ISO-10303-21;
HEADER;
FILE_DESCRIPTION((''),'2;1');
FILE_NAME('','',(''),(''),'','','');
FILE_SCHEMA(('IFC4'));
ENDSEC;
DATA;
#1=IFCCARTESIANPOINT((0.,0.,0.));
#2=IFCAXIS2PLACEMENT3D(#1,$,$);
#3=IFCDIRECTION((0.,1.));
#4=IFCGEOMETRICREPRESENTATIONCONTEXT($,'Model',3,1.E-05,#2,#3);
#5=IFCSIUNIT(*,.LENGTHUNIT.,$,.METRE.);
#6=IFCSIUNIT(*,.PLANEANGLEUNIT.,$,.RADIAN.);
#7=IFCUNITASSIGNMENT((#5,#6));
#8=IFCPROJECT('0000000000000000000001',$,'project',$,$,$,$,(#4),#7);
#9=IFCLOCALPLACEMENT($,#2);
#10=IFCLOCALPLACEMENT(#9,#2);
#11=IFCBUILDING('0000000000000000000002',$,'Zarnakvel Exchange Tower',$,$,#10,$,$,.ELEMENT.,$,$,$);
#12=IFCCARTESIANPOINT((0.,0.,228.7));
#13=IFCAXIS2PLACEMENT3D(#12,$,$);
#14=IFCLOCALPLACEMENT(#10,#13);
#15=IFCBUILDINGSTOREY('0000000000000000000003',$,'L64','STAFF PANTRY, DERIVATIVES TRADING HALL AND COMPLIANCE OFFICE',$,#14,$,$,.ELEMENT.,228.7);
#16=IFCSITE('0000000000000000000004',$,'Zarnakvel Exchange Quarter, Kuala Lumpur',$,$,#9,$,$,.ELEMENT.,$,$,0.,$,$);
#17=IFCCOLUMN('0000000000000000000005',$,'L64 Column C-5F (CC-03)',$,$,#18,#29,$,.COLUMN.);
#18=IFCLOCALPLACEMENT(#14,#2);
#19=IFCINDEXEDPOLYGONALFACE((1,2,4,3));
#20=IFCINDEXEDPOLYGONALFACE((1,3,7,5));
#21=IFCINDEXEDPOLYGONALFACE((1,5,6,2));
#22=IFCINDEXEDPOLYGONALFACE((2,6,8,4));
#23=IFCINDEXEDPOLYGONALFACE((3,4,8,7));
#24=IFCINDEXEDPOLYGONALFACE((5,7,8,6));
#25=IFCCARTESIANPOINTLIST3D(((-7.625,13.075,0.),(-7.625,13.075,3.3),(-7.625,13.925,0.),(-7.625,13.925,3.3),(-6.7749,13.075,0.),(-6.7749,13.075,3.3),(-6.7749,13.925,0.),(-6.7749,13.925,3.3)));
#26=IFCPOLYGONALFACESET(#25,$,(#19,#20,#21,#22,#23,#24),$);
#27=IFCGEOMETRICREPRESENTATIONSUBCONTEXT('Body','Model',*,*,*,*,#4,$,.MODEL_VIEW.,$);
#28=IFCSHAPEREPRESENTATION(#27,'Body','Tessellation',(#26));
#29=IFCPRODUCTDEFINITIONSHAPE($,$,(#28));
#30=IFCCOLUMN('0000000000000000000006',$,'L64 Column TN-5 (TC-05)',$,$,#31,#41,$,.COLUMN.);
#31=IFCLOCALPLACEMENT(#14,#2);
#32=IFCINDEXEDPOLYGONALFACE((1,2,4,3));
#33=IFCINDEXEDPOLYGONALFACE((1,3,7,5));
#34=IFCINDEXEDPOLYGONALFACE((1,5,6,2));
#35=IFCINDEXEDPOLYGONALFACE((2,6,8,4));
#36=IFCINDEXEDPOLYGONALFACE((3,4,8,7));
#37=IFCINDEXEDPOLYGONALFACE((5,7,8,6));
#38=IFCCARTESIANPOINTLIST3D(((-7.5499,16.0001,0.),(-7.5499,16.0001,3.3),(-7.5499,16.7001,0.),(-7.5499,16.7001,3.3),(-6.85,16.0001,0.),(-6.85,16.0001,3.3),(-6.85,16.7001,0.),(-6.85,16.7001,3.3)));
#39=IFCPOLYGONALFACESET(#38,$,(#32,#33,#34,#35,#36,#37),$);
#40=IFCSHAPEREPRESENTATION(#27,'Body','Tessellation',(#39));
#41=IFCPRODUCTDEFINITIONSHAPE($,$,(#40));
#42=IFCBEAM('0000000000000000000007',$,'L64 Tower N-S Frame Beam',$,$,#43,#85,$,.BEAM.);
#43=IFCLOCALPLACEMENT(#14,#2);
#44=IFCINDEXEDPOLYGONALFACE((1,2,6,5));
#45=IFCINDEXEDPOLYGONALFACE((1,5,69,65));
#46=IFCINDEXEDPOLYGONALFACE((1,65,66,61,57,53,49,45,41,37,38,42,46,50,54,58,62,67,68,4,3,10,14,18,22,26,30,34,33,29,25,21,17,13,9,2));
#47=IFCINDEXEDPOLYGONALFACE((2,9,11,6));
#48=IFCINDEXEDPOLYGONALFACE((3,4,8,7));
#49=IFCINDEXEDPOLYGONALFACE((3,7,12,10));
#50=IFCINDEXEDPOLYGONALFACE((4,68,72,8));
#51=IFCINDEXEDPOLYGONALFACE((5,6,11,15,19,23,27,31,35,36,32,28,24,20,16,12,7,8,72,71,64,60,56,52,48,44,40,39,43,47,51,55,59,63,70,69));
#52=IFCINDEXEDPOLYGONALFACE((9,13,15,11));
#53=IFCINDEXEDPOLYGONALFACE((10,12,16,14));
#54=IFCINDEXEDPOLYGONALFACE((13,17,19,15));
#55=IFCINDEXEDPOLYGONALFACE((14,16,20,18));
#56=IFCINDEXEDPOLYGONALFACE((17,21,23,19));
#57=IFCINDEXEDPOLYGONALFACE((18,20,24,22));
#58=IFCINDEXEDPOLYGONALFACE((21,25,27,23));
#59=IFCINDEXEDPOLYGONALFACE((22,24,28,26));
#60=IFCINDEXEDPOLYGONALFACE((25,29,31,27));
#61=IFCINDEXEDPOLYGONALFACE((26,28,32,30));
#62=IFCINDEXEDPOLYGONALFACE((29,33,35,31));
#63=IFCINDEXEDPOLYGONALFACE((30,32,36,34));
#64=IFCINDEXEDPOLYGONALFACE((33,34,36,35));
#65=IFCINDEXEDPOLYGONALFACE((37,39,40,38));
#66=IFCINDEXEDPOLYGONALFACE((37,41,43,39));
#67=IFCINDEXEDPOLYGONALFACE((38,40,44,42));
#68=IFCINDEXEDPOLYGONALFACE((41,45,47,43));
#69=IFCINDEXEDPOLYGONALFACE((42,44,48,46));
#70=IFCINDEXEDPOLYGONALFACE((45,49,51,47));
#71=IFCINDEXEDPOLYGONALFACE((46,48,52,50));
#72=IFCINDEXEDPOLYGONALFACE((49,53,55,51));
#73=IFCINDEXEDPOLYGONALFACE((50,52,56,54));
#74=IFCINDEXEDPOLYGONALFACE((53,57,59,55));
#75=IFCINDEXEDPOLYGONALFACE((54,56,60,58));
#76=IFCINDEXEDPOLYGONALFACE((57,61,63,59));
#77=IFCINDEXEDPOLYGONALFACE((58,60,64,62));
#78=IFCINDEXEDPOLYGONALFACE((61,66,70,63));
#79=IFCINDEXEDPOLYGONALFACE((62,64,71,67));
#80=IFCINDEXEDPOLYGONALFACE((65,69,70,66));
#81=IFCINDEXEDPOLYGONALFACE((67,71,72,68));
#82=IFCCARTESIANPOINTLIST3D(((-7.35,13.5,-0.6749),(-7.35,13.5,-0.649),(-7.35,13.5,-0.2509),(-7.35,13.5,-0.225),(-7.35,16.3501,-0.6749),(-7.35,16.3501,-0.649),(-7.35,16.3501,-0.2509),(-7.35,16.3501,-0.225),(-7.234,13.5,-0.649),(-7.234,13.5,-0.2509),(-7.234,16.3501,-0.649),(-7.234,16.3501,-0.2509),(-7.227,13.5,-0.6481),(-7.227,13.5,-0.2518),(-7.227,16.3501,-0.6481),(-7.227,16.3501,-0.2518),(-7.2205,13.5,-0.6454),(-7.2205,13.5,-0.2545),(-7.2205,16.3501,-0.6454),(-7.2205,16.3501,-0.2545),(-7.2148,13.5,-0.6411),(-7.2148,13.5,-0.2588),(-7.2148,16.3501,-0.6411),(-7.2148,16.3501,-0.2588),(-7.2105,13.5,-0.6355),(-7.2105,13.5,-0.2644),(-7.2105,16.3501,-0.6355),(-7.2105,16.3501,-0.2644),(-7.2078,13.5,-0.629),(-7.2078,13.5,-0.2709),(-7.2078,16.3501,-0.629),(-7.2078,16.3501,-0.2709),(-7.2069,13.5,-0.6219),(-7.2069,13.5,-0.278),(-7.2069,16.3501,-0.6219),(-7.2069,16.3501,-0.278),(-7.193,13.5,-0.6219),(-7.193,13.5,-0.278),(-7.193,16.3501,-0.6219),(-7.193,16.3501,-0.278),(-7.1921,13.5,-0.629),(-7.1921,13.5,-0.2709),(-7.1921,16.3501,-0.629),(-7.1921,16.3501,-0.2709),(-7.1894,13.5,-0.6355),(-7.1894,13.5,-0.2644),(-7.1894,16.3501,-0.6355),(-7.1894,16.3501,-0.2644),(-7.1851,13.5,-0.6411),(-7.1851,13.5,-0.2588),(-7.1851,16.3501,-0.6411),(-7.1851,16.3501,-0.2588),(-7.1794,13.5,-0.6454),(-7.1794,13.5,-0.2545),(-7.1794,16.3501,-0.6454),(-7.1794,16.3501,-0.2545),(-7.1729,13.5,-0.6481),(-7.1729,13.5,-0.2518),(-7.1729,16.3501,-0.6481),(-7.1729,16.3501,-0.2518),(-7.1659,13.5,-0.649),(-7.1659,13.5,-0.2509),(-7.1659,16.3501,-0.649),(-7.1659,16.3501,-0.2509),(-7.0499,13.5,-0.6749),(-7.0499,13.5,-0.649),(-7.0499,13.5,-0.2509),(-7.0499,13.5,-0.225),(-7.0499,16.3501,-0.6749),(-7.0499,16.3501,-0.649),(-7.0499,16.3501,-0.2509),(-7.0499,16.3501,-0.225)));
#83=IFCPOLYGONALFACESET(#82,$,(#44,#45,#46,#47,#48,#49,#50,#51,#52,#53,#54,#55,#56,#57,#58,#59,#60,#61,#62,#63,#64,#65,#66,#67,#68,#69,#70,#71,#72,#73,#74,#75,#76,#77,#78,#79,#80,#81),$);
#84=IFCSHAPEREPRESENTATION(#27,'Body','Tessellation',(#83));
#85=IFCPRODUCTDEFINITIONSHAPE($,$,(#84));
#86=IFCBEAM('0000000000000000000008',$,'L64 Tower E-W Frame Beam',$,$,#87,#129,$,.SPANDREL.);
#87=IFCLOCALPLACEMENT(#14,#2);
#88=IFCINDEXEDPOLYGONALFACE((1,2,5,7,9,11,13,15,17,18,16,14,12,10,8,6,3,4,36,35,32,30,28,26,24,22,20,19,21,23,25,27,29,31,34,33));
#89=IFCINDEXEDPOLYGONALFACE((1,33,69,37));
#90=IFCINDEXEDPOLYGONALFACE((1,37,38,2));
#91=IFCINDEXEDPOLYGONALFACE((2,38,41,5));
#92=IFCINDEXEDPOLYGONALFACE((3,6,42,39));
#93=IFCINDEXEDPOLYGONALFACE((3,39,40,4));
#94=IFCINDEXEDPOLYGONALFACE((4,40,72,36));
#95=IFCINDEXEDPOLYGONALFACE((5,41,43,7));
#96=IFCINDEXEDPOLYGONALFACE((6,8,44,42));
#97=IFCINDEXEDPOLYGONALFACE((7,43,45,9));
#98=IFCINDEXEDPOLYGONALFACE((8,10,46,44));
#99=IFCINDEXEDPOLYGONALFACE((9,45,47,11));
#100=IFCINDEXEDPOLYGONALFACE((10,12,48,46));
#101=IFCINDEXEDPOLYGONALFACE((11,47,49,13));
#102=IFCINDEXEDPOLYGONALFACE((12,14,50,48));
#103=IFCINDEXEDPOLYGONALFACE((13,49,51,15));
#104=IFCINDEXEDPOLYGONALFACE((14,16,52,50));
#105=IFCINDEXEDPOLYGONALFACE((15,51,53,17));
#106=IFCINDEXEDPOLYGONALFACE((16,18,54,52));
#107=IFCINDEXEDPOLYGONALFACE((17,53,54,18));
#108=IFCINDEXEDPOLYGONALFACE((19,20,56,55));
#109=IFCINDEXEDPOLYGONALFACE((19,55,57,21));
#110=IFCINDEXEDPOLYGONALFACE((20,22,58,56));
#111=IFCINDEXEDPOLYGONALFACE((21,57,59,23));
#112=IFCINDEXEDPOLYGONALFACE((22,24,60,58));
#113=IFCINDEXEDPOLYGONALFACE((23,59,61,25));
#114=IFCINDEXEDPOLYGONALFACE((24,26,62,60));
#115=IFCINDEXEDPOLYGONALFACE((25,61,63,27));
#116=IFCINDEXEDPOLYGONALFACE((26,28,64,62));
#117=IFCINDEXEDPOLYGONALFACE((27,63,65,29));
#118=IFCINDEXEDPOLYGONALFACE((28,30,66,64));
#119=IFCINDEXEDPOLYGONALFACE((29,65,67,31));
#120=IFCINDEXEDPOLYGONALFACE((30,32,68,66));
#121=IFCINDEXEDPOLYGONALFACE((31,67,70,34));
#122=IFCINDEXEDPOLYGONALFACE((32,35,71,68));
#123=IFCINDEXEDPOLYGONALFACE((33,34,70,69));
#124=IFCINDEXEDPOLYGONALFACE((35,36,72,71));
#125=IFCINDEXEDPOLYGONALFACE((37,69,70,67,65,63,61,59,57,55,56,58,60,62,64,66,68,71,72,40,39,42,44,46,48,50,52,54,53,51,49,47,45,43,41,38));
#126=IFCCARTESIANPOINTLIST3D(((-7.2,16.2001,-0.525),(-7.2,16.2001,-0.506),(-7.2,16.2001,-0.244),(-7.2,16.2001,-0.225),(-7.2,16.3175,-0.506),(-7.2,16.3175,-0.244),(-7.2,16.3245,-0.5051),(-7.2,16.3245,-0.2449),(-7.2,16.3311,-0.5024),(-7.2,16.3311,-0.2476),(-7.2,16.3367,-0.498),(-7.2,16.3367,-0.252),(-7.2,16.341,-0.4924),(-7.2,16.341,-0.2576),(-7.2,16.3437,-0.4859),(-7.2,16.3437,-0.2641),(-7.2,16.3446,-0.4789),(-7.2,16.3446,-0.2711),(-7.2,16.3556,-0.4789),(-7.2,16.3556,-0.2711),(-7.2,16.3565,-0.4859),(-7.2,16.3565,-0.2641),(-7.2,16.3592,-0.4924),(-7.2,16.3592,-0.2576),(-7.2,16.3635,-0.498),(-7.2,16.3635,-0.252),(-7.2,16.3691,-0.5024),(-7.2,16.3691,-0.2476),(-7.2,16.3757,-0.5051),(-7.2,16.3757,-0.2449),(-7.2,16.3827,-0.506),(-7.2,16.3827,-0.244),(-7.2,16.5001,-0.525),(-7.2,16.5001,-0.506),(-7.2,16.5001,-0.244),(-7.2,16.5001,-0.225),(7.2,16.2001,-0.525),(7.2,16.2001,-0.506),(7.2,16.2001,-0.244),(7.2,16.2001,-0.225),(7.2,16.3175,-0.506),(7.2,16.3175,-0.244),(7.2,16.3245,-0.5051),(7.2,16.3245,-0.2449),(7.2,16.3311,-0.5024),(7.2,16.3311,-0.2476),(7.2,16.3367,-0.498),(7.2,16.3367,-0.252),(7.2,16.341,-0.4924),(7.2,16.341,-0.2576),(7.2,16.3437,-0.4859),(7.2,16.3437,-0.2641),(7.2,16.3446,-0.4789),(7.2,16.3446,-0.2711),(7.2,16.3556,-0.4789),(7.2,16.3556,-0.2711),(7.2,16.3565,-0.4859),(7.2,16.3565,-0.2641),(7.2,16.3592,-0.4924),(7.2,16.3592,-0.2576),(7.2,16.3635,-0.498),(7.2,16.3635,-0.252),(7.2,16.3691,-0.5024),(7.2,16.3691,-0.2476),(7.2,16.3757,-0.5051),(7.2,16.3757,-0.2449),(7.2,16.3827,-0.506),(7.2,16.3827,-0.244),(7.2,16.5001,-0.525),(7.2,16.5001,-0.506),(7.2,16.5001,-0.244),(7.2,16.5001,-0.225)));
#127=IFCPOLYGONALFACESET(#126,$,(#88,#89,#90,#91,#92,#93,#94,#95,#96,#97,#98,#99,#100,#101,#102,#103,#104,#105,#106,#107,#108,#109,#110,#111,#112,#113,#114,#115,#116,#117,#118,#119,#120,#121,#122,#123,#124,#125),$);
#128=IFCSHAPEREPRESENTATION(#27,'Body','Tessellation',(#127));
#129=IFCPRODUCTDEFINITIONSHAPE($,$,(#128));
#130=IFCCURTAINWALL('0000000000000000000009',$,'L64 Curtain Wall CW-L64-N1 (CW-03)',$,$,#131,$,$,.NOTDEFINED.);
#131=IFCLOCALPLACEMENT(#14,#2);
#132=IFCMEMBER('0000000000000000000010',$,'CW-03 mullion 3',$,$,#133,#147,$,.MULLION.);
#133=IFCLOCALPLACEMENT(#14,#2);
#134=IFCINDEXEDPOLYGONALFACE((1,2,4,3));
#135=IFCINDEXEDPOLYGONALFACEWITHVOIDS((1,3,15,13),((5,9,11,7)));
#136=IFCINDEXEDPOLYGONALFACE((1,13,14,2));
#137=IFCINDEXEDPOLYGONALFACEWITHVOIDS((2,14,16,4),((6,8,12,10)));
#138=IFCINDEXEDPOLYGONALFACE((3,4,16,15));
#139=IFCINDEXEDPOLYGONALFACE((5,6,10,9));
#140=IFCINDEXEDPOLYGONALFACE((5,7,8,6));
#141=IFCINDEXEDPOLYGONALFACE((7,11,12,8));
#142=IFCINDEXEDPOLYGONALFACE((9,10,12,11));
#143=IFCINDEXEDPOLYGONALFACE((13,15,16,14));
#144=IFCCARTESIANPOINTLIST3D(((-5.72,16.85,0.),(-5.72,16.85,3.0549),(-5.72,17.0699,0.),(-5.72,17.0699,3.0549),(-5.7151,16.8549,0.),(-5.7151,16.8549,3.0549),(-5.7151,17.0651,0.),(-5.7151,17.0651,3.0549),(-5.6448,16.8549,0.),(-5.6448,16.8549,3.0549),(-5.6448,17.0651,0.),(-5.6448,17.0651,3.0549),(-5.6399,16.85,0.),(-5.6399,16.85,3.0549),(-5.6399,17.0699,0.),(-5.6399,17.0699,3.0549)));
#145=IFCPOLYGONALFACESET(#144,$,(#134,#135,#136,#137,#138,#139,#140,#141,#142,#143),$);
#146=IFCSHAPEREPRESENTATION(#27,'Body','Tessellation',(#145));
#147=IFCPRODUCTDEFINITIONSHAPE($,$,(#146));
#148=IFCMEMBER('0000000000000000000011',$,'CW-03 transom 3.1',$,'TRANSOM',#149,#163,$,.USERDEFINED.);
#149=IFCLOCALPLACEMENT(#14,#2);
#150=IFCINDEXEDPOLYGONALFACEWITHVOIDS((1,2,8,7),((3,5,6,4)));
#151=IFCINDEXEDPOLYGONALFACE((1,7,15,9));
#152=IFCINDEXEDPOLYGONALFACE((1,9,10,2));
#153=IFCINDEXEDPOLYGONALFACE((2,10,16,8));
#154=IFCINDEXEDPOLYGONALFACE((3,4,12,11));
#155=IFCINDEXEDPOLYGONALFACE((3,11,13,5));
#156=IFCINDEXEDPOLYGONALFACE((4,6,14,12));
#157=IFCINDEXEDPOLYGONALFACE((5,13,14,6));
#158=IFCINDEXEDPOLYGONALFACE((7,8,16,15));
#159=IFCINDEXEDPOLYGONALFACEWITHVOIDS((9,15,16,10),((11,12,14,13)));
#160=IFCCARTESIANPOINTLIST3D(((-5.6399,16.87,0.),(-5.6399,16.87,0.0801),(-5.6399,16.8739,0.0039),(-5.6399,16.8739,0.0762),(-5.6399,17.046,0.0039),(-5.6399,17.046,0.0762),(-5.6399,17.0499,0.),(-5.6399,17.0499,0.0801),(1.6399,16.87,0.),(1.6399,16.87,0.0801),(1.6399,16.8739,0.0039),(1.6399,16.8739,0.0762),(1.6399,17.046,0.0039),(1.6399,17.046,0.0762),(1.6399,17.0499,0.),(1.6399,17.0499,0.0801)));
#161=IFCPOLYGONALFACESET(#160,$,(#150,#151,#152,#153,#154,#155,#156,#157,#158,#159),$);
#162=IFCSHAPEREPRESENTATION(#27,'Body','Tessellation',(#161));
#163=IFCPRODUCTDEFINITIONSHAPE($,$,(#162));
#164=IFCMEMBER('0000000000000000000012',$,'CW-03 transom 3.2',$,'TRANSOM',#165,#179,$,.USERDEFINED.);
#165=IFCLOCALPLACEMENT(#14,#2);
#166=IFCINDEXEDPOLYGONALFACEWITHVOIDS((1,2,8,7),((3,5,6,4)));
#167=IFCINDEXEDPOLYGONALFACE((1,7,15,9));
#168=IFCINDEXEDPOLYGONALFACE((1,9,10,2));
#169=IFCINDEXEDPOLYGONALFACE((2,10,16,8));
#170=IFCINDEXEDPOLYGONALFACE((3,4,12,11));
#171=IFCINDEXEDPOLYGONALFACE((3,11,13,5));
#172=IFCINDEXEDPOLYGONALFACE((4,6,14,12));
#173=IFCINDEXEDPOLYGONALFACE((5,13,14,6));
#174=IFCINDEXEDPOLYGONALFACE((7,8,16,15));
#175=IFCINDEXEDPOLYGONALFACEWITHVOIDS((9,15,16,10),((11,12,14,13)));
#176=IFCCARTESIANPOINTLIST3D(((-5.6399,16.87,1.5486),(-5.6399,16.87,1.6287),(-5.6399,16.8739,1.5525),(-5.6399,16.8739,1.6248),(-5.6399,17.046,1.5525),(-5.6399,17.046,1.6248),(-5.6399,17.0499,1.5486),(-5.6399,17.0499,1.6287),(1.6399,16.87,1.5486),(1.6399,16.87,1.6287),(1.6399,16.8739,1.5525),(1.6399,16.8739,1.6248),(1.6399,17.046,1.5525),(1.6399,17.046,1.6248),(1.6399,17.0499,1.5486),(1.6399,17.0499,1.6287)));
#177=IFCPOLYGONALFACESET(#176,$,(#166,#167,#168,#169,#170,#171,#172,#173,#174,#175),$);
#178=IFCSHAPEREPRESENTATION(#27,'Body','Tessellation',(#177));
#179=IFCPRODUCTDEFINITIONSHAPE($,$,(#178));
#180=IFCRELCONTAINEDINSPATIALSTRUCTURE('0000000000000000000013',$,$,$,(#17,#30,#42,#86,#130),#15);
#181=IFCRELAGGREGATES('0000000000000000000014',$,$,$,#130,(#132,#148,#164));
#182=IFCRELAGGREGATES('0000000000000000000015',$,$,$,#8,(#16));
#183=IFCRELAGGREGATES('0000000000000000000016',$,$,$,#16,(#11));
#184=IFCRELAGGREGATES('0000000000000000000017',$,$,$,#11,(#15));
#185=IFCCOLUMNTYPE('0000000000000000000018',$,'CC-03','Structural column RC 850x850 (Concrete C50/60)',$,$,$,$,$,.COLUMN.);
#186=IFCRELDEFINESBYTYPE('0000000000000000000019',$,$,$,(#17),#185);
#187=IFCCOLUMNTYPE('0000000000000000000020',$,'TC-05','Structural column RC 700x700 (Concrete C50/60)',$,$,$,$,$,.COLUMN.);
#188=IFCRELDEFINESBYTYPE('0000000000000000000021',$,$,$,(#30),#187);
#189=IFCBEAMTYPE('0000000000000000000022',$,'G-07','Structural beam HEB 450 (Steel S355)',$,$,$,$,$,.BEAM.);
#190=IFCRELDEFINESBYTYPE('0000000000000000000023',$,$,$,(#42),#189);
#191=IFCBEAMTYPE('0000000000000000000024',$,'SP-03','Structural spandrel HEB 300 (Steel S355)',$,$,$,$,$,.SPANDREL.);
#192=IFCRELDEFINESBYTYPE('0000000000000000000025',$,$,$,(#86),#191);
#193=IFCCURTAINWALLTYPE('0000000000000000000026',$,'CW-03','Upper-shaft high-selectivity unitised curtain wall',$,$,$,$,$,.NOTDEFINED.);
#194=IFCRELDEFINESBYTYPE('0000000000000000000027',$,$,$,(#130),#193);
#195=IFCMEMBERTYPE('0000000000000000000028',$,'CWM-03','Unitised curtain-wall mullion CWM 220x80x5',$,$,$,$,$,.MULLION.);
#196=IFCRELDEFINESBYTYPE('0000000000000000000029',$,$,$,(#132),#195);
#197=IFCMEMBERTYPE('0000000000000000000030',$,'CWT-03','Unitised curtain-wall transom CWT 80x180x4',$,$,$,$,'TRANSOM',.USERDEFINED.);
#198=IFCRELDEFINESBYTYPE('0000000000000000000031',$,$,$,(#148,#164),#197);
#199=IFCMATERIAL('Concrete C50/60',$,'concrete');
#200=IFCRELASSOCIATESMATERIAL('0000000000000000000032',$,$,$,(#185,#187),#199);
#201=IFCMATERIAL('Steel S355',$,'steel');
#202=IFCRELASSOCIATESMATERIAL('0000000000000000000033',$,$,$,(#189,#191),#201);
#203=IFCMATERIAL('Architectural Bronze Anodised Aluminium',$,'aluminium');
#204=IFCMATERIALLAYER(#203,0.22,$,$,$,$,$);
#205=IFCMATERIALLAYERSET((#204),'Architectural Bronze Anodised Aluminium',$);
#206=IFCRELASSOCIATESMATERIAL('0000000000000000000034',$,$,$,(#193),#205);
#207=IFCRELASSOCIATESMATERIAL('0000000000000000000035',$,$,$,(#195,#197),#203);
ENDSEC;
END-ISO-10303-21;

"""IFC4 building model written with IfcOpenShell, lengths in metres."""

from ifc_helpers import new_model, si_unit, direction, frame, origin, origin_2d, place, context, subcontext, project, spatial, rectangle, hollow_rectangle, i_section, extrude, source, transform, mapped, material, layer, layer_set, material_profile, profile_set, type_object, element, aggregate, save


model = new_model("IFC4")

# Units and contexts
model_context = context("Model", 3, precision=1e-05, world=origin(), true_north=direction((0.0, 1.0)))
body_context = subcontext(model_context, "Body", "Model", "MODEL_VIEW")
ifc_project = project(units=[si_unit("LENGTHUNIT", "METRE"), si_unit("PLANEANGLEUNIT", "RADIAN")], contexts=[model_context])

# Site, building, storey
site_placement = place(None, origin())
site = spatial("IfcSite", under=ifc_project, at=site_placement, Name="Zarnakvel Exchange Quarter, Kuala Lumpur", CompositionType="ELEMENT", RefElevation=0.0)
building_placement = place(site_placement, origin())
building = spatial("IfcBuilding", under=site, at=building_placement, Name="Zarnakvel Exchange Tower", CompositionType="ELEMENT")
storey_placement = place(building_placement, frame((0.0, 0.0, 228.7)))
storey = spatial("IfcBuildingStorey", under=building, at=storey_placement, Name="L64", Description="STAFF PANTRY, DERIVATIVES TRADING HALL AND COMPLIANCE OFFICE", CompositionType="ELEMENT", Elevation=228.7)

# Columns
ifc_material_1 = material(Name="Concrete C50/60", Category="concrete")
ifc_material_profile_1 = material_profile(ifc_material_1, rectangle(XDim=0.8501, YDim=0.8501, at=origin_2d()))
ifc_profile_set_1 = profile_set([ifc_material_profile_1], Name="Concrete C50/60")
column_type_1 = type_object("IfcColumnType", Name="CC-03", Description="Structural column RC 850x850 (Concrete C50/60)", PredefinedType="COLUMN", material=ifc_profile_set_1)
column_1_placement = place(storey_placement, frame((-7.2, 13.5, 0.0), z_axis=(0.0, 0.0, 1.0), x_axis=(1.0, 0.0, 0.0)))
element("IfcColumn", 1, at=column_1_placement, inside=storey, type_object=column_type_1, Name="L64 Column C-5F (CC-03)", PredefinedType="COLUMN", context=body_context, shape_type="SweptSolid", body=[
    extrude(rectangle(XDim=0.8501, YDim=0.8501, at=origin_2d()), origin(), (0.0, 0.0, 1.0), 3.3),
])
ifc_material_profile_2 = material_profile(ifc_material_1, rectangle(XDim=0.7, YDim=0.7, at=origin_2d()))
ifc_profile_set_2 = profile_set([ifc_material_profile_2], Name="Concrete C50/60")
column_type_2 = type_object("IfcColumnType", Name="TC-05", Description="Structural column RC 700x700 (Concrete C50/60)", PredefinedType="COLUMN", material=ifc_profile_set_2)
column_2_placement = place(storey_placement, frame((-7.2, 16.3501, 0.0), z_axis=(0.0, 0.0, 1.0), x_axis=(1.0, 0.0, 0.0)))
element("IfcColumn", 2, at=column_2_placement, inside=storey, type_object=column_type_2, Name="L64 Column TN-5 (TC-05)", PredefinedType="COLUMN", context=body_context, shape_type="SweptSolid", body=[
    extrude(rectangle(XDim=0.7, YDim=0.7, at=origin_2d()), origin(), (0.0, 0.0, 1.0), 3.3),
])

# Beams
ifc_material_2 = material(Name="Steel S355", Category="steel")
ifc_material_profile_3 = material_profile(ifc_material_2, i_section(OverallWidth=0.3, OverallDepth=0.45, WebThickness=0.0139, FlangeThickness=0.0259, FilletRadius=0.0271, at=origin_2d()))
ifc_profile_set_3 = profile_set([ifc_material_profile_3], Name="Steel S355")
beam_type_1 = type_object("IfcBeamType", Name="G-07", Description="Structural beam HEB 450 (Steel S355)", PredefinedType="BEAM", material=ifc_profile_set_3)
beam_1_placement = place(storey_placement, frame((-7.2, 13.5, -0.45), z_axis=(0.0, 1.0, 0.0), x_axis=(-1.0, 0.0, 0.0)))
element("IfcBeam", 3, at=beam_1_placement, inside=storey, type_object=beam_type_1, Name="L64 Tower N-S Frame Beam", PredefinedType="BEAM", context=body_context, shape_type="SweptSolid", body=[
    extrude(i_section(OverallWidth=0.3, OverallDepth=0.45, WebThickness=0.0139, FlangeThickness=0.0259, FilletRadius=0.0271, at=origin_2d()), origin(), (0.0, 0.0, 1.0), 2.8501),
])
ifc_material_profile_4 = material_profile(ifc_material_2, i_section(OverallWidth=0.3, OverallDepth=0.3, WebThickness=0.011, FlangeThickness=0.019, FilletRadius=0.0271, at=origin_2d()))
ifc_profile_set_4 = profile_set([ifc_material_profile_4], Name="Steel S355")
beam_type_2 = type_object("IfcBeamType", Name="SP-03", Description="Structural spandrel HEB 300 (Steel S355)", PredefinedType="SPANDREL", material=ifc_profile_set_4)
beam_2_placement = place(storey_placement, frame((-7.2, 16.3501, -0.375), z_axis=(1.0, 0.0, 0.0), x_axis=(0.0, 1.0, 0.0)))
element("IfcBeam", 4, at=beam_2_placement, inside=storey, type_object=beam_type_2, Name="L64 Tower E-W Frame Beam", PredefinedType="SPANDREL", context=body_context, shape_type="SweptSolid", body=[
    extrude(i_section(OverallWidth=0.3, OverallDepth=0.3, WebThickness=0.011, FlangeThickness=0.019, FilletRadius=0.0271, at=origin_2d()), origin(), (0.0, 0.0, 1.0), 14.3999),
])

# Curtain wall, members
ifc_material_3 = material(Name="Architectural Bronze Anodised Aluminium", Category="aluminium")
ifc_layer_1 = layer(ifc_material_3, 0.22)
ifc_layer_set_1 = layer_set([ifc_layer_1], Name="Architectural Bronze Anodised Aluminium")
curtain_wall_type = type_object("IfcCurtainWallType", Name="CW-03", Description="Upper-shaft high-selectivity unitised curtain wall", PredefinedType="NOTDEFINED", material=ifc_layer_set_1)
curtain_wall_placement = place(storey_placement, origin())
curtain_wall = element("IfcCurtainWall", 5, at=curtain_wall_placement, inside=storey, type_object=curtain_wall_type, Name="L64 Curtain Wall CW-L64-N1 (CW-03)", PredefinedType="NOTDEFINED")
ifc_material_profile_5 = material_profile(ifc_material_3, hollow_rectangle(XDim=0.22, YDim=0.0801, WallThickness=0.0049, at=origin_2d()))
ifc_profile_set_5 = profile_set([ifc_material_profile_5], Name="Architectural Bronze Anodised Aluminium")
member_type_1 = type_object("IfcMemberType", Name="CWM-03", Description="Unitised curtain-wall mullion CWM 220x80x5", PredefinedType="MULLION", material=ifc_profile_set_5)
shared_shape_1 = source(origin(), body_context, "Body", "SweptSolid", [
    extrude(hollow_rectangle(XDim=0.22, YDim=0.0801, WallThickness=0.0049, at=origin_2d()), origin(), (0.0, 0.0, 1.0), 3.0549),
])
member_1_placement = place(storey_placement, frame((-5.6799, 16.96, 0.0), z_axis=(0.0, 0.0, 1.0), x_axis=(0.0, 1.0, 0.0)))
member_1 = element("IfcMember", 6, at=member_1_placement, type_object=member_type_1, Name="CW-03 mullion 3", PredefinedType="MULLION", context=body_context, shape_type="MappedRepresentation", body=[
    mapped(shared_shape_1, transform((0.0, 0.0, 0.0), x_axis=(1.0, 0.0, 0.0), y_axis=(0.0, 1.0, 0.0), z_axis=(0.0, 0.0, 1.0), scale=1.0)),
])
ifc_material_profile_6 = material_profile(ifc_material_3, hollow_rectangle(XDim=0.1799, YDim=0.0801, WallThickness=0.0039, at=origin_2d()))
ifc_profile_set_6 = profile_set([ifc_material_profile_6], Name="Architectural Bronze Anodised Aluminium")
member_type_2 = type_object("IfcMemberType", Name="CWT-03", Description="Unitised curtain-wall transom CWT 80x180x4", ElementType="TRANSOM", PredefinedType="USERDEFINED", material=ifc_profile_set_6)
shared_shape_2 = source(origin(), body_context, "Body", "SweptSolid", [
    extrude(hollow_rectangle(XDim=0.1799, YDim=0.0801, WallThickness=0.0039, at=origin_2d()), origin(), (0.0, 0.0, 1.0), 7.2798),
])
member_2_placement = place(storey_placement, frame((-5.6399, 16.96, 0.04), z_axis=(1.0, 0.0, 0.0), x_axis=(0.0, 1.0, 0.0)))
member_2 = element("IfcMember", 7, at=member_2_placement, type_object=member_type_2, Name="CW-03 transom 3.1", ObjectType="TRANSOM", PredefinedType="USERDEFINED", context=body_context, shape_type="MappedRepresentation", body=[
    mapped(shared_shape_2, transform((0.0, 0.0, 0.0), x_axis=(1.0, 0.0, 0.0), y_axis=(0.0, 1.0, 0.0), z_axis=(0.0, 0.0, 1.0), scale=1.0)),
])
member_3_placement = place(storey_placement, frame((-5.6399, 16.96, 1.5886), z_axis=(1.0, 0.0, 0.0), x_axis=(0.0, 1.0, 0.0)))
member_3 = element("IfcMember", 8, at=member_3_placement, type_object=member_type_2, Name="CW-03 transom 3.2", ObjectType="TRANSOM", PredefinedType="USERDEFINED", context=body_context, shape_type="MappedRepresentation", body=[
    mapped(shared_shape_2, transform((0.0, 0.0, 0.0), x_axis=(1.0, 0.0, 0.0), y_axis=(0.0, 1.0, 0.0), z_axis=(0.0, 0.0, 1.0), scale=1.0)),
])
aggregate(curtain_wall, [member_1, member_2, member_3])

save(model, "model.ifc")
